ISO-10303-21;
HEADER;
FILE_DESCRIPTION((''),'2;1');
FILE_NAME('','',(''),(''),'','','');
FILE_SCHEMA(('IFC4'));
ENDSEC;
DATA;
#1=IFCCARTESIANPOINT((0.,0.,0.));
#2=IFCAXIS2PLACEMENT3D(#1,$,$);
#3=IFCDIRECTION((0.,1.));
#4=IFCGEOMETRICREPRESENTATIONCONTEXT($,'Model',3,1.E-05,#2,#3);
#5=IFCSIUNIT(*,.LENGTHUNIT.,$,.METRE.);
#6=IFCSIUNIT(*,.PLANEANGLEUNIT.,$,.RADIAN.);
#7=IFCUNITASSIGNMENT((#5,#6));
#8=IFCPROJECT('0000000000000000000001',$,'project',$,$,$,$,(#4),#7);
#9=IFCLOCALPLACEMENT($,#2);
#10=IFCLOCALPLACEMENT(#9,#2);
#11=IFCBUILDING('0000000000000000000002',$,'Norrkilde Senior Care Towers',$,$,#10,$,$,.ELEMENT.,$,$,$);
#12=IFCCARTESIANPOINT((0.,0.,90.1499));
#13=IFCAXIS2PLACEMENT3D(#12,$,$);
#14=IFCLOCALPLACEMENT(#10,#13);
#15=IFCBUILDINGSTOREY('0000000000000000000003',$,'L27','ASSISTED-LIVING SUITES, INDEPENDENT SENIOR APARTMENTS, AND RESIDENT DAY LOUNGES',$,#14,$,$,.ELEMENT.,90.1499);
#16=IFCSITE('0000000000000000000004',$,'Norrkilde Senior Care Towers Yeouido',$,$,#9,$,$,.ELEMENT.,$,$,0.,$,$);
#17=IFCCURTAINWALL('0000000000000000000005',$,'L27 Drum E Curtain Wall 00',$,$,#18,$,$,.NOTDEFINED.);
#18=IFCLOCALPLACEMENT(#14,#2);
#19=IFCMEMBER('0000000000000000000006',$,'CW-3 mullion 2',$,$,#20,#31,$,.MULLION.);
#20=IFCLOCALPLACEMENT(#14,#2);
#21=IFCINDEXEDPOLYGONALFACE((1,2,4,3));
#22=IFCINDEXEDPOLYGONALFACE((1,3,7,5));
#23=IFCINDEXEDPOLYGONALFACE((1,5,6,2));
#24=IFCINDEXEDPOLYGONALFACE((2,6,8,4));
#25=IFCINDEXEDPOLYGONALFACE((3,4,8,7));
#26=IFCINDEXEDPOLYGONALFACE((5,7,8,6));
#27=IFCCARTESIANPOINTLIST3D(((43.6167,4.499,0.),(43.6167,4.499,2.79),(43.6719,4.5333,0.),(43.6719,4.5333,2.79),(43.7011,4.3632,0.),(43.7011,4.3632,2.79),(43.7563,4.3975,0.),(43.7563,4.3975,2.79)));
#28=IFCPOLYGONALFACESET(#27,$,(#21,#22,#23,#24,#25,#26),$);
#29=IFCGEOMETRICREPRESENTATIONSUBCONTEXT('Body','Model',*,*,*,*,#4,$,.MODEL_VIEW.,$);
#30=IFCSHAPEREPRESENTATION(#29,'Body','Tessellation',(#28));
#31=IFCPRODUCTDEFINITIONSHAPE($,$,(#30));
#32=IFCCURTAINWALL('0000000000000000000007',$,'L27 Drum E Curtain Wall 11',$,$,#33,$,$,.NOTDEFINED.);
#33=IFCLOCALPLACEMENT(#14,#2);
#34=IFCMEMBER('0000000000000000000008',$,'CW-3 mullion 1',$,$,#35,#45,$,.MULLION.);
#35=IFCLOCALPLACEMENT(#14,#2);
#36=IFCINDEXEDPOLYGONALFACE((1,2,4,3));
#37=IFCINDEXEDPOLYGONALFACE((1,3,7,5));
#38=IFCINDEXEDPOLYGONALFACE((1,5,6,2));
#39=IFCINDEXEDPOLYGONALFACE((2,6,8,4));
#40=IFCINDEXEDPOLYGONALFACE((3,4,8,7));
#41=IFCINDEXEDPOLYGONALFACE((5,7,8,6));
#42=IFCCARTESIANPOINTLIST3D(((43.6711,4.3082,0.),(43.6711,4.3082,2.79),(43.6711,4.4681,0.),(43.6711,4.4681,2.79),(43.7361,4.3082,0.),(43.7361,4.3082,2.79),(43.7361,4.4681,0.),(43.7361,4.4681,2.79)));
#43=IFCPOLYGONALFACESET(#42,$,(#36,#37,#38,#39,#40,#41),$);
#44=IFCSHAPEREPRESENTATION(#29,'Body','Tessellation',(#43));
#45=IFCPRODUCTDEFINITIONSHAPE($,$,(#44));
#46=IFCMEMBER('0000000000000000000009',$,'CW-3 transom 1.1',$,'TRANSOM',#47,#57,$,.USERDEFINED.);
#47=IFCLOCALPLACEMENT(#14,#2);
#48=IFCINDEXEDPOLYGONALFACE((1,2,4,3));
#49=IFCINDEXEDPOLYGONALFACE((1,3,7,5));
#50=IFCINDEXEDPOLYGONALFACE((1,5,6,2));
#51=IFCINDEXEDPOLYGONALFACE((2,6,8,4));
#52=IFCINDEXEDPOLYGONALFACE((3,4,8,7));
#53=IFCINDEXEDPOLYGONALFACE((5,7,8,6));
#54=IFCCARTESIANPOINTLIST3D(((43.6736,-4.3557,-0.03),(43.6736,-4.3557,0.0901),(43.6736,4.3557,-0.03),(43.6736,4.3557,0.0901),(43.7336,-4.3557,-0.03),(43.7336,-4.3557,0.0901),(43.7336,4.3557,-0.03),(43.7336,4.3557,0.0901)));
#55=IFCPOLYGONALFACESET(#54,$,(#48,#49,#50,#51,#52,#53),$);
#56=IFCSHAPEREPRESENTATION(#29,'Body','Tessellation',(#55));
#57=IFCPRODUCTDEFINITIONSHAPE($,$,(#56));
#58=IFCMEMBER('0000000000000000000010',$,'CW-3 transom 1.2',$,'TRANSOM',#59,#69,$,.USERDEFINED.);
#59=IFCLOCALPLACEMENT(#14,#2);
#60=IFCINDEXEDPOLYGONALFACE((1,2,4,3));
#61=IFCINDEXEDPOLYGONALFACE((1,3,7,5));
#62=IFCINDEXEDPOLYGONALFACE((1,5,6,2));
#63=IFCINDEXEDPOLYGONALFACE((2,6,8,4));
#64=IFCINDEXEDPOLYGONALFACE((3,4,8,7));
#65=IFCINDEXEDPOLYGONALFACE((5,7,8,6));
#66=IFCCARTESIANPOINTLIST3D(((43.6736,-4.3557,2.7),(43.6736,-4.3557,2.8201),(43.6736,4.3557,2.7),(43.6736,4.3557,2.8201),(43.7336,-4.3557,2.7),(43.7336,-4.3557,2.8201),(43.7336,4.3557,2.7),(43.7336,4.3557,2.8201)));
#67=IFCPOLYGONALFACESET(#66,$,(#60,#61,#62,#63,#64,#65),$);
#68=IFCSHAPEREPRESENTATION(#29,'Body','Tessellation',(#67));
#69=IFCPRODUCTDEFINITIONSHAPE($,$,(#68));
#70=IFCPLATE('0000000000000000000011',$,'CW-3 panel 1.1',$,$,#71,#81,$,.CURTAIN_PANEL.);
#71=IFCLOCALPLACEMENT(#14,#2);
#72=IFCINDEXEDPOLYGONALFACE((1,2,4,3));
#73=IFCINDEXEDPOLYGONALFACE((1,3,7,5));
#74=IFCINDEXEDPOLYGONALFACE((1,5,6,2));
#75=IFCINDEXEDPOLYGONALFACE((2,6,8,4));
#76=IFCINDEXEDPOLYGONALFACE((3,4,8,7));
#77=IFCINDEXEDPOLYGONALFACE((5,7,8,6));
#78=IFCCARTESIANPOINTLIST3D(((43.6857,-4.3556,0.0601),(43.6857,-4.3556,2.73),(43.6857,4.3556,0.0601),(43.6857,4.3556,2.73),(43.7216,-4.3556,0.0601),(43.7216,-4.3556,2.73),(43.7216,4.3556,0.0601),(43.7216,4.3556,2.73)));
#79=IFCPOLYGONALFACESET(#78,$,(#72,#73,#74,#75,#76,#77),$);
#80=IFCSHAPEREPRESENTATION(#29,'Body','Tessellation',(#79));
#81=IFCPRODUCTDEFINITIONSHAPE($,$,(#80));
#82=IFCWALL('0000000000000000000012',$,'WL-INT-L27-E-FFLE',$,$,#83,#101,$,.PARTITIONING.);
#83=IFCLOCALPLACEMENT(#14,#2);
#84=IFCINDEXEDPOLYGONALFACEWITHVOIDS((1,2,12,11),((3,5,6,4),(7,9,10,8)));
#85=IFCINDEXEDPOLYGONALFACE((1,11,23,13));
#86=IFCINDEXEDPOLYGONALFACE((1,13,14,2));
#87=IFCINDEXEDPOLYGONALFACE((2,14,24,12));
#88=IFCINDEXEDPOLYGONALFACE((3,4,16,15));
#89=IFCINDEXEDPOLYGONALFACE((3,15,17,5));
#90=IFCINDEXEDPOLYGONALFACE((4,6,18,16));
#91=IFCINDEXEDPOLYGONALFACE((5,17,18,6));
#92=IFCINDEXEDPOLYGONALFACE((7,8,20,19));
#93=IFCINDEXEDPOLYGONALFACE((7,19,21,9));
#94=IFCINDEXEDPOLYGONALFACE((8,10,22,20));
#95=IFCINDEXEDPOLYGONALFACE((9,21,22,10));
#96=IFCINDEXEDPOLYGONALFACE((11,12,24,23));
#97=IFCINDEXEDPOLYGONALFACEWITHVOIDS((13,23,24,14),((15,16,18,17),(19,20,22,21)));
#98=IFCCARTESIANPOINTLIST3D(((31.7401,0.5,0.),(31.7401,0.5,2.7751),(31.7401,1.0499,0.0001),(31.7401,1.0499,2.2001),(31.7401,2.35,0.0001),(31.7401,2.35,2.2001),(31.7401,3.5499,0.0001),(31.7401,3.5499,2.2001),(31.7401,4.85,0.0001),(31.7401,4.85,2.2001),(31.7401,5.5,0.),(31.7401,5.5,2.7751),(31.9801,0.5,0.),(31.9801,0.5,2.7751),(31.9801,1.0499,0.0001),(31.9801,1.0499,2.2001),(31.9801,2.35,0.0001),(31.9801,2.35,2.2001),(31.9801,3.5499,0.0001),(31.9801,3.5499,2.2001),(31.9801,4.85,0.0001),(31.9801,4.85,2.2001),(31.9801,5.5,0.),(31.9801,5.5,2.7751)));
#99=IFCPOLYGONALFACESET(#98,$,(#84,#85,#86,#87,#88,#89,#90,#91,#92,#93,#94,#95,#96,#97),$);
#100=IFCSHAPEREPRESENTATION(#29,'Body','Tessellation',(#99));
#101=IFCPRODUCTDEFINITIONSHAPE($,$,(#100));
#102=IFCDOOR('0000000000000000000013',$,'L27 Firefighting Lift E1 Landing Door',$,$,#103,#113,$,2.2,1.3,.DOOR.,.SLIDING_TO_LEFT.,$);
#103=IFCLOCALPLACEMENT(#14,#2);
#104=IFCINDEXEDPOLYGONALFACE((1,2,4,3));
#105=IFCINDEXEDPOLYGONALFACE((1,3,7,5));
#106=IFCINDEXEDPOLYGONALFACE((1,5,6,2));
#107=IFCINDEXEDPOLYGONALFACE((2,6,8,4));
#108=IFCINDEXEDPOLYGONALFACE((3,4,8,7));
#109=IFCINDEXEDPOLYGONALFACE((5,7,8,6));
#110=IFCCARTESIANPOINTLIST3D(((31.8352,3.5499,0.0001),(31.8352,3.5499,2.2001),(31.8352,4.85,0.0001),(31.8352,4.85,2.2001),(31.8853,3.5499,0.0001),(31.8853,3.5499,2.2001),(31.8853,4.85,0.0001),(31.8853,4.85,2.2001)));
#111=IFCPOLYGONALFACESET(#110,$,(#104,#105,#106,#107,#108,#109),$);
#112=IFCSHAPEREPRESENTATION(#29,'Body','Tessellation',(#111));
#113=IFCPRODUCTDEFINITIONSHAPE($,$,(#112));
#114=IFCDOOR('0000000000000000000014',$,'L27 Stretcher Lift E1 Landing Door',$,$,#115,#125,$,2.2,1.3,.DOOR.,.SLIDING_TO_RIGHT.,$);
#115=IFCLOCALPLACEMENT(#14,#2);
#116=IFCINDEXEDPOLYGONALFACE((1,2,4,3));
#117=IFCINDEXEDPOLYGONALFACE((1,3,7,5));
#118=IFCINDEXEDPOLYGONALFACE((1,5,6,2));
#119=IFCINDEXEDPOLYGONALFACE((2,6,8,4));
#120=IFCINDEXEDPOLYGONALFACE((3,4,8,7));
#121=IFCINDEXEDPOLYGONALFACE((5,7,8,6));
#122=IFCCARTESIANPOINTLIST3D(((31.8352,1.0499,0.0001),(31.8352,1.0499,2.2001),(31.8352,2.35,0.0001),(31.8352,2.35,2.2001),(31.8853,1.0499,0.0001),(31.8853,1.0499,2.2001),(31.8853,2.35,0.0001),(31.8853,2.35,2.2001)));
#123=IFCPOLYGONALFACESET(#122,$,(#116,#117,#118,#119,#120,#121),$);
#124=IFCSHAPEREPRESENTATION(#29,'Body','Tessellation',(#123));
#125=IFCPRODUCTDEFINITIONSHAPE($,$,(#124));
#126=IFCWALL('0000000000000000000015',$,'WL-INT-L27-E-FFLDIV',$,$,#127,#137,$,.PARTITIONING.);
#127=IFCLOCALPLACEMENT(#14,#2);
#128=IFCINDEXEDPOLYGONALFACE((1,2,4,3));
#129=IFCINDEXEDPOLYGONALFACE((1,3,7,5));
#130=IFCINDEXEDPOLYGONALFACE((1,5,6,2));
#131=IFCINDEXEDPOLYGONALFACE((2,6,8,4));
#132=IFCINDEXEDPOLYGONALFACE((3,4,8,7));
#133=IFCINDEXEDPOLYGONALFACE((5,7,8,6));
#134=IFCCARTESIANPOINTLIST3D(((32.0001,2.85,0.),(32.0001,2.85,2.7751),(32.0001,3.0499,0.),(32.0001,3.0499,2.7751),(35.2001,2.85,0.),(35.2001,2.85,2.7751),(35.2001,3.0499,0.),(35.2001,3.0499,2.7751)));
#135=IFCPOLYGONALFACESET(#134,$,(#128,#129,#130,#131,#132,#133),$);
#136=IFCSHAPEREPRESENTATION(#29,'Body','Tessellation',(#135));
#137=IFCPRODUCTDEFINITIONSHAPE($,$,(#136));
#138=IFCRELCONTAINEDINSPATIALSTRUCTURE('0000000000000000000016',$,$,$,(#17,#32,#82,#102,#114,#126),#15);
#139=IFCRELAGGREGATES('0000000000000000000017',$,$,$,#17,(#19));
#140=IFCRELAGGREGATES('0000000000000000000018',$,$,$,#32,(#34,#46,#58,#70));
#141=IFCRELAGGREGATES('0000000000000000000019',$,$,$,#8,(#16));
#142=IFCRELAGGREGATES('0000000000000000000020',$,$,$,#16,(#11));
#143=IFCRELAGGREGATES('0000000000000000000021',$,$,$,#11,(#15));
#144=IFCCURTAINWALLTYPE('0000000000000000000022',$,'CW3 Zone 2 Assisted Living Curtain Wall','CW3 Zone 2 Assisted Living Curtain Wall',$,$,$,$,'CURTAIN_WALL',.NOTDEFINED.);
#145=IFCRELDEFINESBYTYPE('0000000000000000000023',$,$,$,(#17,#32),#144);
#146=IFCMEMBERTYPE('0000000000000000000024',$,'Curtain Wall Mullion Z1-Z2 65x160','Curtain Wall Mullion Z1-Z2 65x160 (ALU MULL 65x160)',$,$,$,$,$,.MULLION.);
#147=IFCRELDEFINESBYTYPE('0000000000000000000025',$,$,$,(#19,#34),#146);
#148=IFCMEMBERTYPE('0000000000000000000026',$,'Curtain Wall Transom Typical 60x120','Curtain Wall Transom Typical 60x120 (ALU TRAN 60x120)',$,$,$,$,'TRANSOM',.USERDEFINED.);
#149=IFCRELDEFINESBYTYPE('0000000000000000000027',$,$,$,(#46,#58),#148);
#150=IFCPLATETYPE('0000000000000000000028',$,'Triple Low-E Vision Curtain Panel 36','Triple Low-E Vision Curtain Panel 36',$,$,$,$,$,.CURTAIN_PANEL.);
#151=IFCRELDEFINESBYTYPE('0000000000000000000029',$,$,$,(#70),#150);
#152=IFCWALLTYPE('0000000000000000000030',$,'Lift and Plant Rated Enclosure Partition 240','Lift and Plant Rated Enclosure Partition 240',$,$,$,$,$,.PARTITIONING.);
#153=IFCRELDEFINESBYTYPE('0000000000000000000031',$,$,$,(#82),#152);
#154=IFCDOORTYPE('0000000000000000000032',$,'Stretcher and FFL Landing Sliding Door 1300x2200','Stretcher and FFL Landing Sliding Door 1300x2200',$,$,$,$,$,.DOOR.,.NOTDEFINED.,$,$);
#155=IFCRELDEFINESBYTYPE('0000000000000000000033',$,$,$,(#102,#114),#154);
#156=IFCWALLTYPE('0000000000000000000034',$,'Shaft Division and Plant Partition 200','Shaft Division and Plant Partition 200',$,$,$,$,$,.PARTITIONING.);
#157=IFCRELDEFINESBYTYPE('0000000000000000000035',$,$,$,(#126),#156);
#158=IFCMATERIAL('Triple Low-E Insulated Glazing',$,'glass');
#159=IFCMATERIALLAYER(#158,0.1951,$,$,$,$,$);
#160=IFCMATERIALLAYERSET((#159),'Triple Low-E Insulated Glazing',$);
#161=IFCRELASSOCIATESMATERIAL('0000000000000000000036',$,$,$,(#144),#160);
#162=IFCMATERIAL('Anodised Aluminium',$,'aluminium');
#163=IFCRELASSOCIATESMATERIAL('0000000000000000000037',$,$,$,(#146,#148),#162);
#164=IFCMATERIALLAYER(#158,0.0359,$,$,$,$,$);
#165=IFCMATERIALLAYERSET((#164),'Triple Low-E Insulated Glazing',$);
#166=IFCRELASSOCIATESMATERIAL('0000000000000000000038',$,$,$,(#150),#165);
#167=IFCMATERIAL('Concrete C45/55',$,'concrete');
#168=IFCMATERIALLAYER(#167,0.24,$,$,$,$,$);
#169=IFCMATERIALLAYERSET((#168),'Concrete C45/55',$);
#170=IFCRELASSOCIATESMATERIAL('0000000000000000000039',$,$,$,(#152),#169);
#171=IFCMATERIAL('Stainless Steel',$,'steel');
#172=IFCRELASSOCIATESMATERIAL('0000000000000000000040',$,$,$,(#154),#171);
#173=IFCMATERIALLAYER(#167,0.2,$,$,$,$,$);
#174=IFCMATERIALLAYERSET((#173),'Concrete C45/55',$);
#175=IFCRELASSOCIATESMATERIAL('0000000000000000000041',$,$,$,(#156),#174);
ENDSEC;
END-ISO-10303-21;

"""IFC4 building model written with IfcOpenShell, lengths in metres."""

from ifc_helpers import new_model, si_unit, direction, frame, frame_2d, origin, origin_2d, place, context, subcontext, project, spatial, rectangle, extrude, source, transform, mapped, material, layer, layer_set, material_profile, profile_set, type_object, type_shapes, element, fill, aggregate, save


model = new_model("IFC4")

# Units and contexts
model_context = context("Model", 3, precision=1e-05, world=origin(), true_north=direction((0.0, 1.0)))
body_context = subcontext(model_context, "Body", "Model", "MODEL_VIEW")
ifc_project = project(units=[si_unit("LENGTHUNIT", "METRE"), si_unit("PLANEANGLEUNIT", "RADIAN")], contexts=[model_context])

# Site, building, storey
site_placement = place(None, origin())
site = spatial("IfcSite", under=ifc_project, at=site_placement, Name="Norrkilde Senior Care Towers Yeouido", CompositionType="ELEMENT", RefElevation=0.0)
building_placement = place(site_placement, origin())
building = spatial("IfcBuilding", under=site, at=building_placement, Name="Norrkilde Senior Care Towers", CompositionType="ELEMENT")
storey_placement = place(building_placement, frame((0.0, 0.0, 90.1499)))
storey = spatial("IfcBuildingStorey", under=building, at=storey_placement, Name="L27", Description="ASSISTED-LIVING SUITES, INDEPENDENT SENIOR APARTMENTS, AND RESIDENT DAY LOUNGES", CompositionType="ELEMENT", Elevation=90.1499)

# Curtain wall, member
ifc_material_1 = material(Name="Triple Low-E Insulated Glazing", Category="glass")
ifc_layer_1 = layer(ifc_material_1, 0.1951)
ifc_layer_set_1 = layer_set([ifc_layer_1], Name="Triple Low-E Insulated Glazing")
curtain_wall_type = type_object("IfcCurtainWallType", Name="CW3 Zone 2 Assisted Living Curtain Wall", Description="CW3 Zone 2 Assisted Living Curtain Wall", ElementType="CURTAIN_WALL", PredefinedType="NOTDEFINED", material=ifc_layer_set_1)
curtain_wall_1_placement = place(storey_placement, origin())
curtain_wall_1 = element("IfcCurtainWall", 1, at=curtain_wall_1_placement, inside=storey, type_object=curtain_wall_type, Name="L27 Drum E Curtain Wall 00", PredefinedType="NOTDEFINED")
ifc_material_2 = material(Name="Anodised Aluminium", Category="aluminium")
ifc_material_profile_1 = material_profile(ifc_material_2, rectangle(XDim=0.0649, YDim=0.1599, at=origin_2d()), Name="ALU MULL 65x160")
ifc_profile_set_1 = profile_set([ifc_material_profile_1], Name="Anodised Aluminium")
member_type_1 = type_object("IfcMemberType", Name="Curtain Wall Mullion Z1-Z2 65x160", Description="Curtain Wall Mullion Z1-Z2 65x160 (ALU MULL 65x160)", PredefinedType="MULLION", material=ifc_profile_set_1)
shared_shape_1 = source(origin(), body_context, "Body", "SweptSolid", [
    extrude(rectangle(XDim=0.0649, YDim=0.1599, at=origin_2d()), origin(), (0.0, 0.0, 1.0), 2.79),
])
type_shapes(member_type_1, [shared_shape_1])
member_1_placement = place(storey_placement, frame((43.6865, 4.4482, 0.0), z_axis=(0.0, 0.0, 1.0), x_axis=(0.84941, 0.527733, 0.0)))
member_1 = element("IfcMember", 2, at=member_1_placement, type_object=member_type_1, Name="CW-3 mullion 2", PredefinedType="MULLION", context=body_context, shape_type="MappedRepresentation", body=[
    mapped(shared_shape_1, transform((0.0, 0.0, 0.0), x_axis=(1.0, 0.0, 0.0), y_axis=(0.0, 1.0, 0.0), z_axis=(0.0, 0.0, 1.0), scale=1.0)),
])
aggregate(curtain_wall_1, [member_1])

# Curtain wall, members, plate
curtain_wall_2_placement = place(storey_placement, origin())
curtain_wall_2 = element("IfcCurtainWall", 3, at=curtain_wall_2_placement, inside=storey, type_object=curtain_wall_type, Name="L27 Drum E Curtain Wall 11", PredefinedType="NOTDEFINED")
member_2_placement = place(storey_placement, frame((43.7036, 4.3882, 0.0), z_axis=(0.0, 0.0, 1.0), x_axis=(1.0, 0.0, 0.0)))
member_2 = element("IfcMember", 4, at=member_2_placement, type_object=member_type_1, Name="CW-3 mullion 1", PredefinedType="MULLION", context=body_context, shape_type="MappedRepresentation", body=[
    mapped(shared_shape_1, transform((0.0, 0.0, 0.0), x_axis=(1.0, 0.0, 0.0), y_axis=(0.0, 1.0, 0.0), z_axis=(0.0, 0.0, 1.0), scale=1.0)),
])
ifc_material_profile_2 = material_profile(ifc_material_2, rectangle(XDim=0.0601, YDim=0.1201, at=origin_2d()), Name="ALU TRAN 60x120")
ifc_profile_set_2 = profile_set([ifc_material_profile_2], Name="Anodised Aluminium")
member_type_2 = type_object("IfcMemberType", Name="Curtain Wall Transom Typical 60x120", Description="Curtain Wall Transom Typical 60x120 (ALU TRAN 60x120)", ElementType="TRANSOM", PredefinedType="USERDEFINED", material=ifc_profile_set_2)
shared_shape_2 = source(origin(), body_context, "Body", "SweptSolid", [
    extrude(rectangle(XDim=0.0601, YDim=0.1201, at=origin_2d()), origin(), (0.0, 0.0, 1.0), 8.7114),
])
type_shapes(member_type_2, [shared_shape_2])
member_3_placement = place(storey_placement, frame((43.7036, 4.3557, 0.03), z_axis=(0.0, -1.0, 0.0), x_axis=(1.0, 0.0, 0.0)))
member_3 = element("IfcMember", 5, at=member_3_placement, type_object=member_type_2, Name="CW-3 transom 1.1", ObjectType="TRANSOM", PredefinedType="USERDEFINED", context=body_context, shape_type="MappedRepresentation", body=[
    mapped(shared_shape_2, transform((0.0, 0.0, 0.0), x_axis=(1.0, 0.0, 0.0), y_axis=(0.0, 1.0, 0.0), z_axis=(0.0, 0.0, 1.0), scale=1.0)),
])
member_4_placement = place(storey_placement, frame((43.7036, 4.3557, 2.76), z_axis=(0.0, -1.0, 0.0), x_axis=(1.0, 0.0, 0.0)))
member_4 = element("IfcMember", 6, at=member_4_placement, type_object=member_type_2, Name="CW-3 transom 1.2", ObjectType="TRANSOM", PredefinedType="USERDEFINED", context=body_context, shape_type="MappedRepresentation", body=[
    mapped(shared_shape_2, transform((0.0, 0.0, 0.0), x_axis=(1.0, 0.0, 0.0), y_axis=(0.0, 1.0, 0.0), z_axis=(0.0, 0.0, 1.0), scale=1.0)),
])
ifc_layer_2 = layer(ifc_material_1, 0.0359)
ifc_layer_set_2 = layer_set([ifc_layer_2], Name="Triple Low-E Insulated Glazing")
plate_type = type_object("IfcPlateType", Name="Triple Low-E Vision Curtain Panel 36", Description="Triple Low-E Vision Curtain Panel 36", PredefinedType="CURTAIN_PANEL", material=ifc_layer_set_2)
shared_shape_3 = source(origin(), body_context, "Body", "SweptSolid", [
    extrude(rectangle(XDim=8.7112, YDim=0.0359, at=origin_2d()), origin(), (0.0, 0.0, 1.0), 2.6699),
])
type_shapes(plate_type, [shared_shape_3])
plate_placement = place(storey_placement, frame((43.7036, 0.0, 0.0601), z_axis=(0.0, 0.0, 1.0), x_axis=(0.0, -1.0, 0.0)))
plate = element("IfcPlate", 7, at=plate_placement, type_object=plate_type, Name="CW-3 panel 1.1", PredefinedType="CURTAIN_PANEL", context=body_context, shape_type="MappedRepresentation", body=[
    mapped(shared_shape_3, transform((0.0, 0.0, 0.0), x_axis=(1.0, 0.0, 0.0), y_axis=(0.0, 1.0, 0.0), z_axis=(0.0, 0.0, 1.0), scale=1.0)),
])
aggregate(curtain_wall_2, [member_2, member_3, member_4, plate])

# Wall, openings, doors
ifc_material_3 = material(Name="Concrete C45/55", Category="concrete")
ifc_layer_3 = layer(ifc_material_3, 0.24)
ifc_layer_set_3 = layer_set([ifc_layer_3], Name="Concrete C45/55")
wall_type_1 = type_object("IfcWallType", Name="Lift and Plant Rated Enclosure Partition 240", Description="Lift and Plant Rated Enclosure Partition 240", PredefinedType="PARTITIONING", material=ifc_layer_set_3)
shared_shape_4 = source(origin(), body_context, "Body", "SweptSolid", [
    extrude(rectangle(XDim=5.0, YDim=0.24, at=frame_2d((2.5, 0.0))), origin(), (0.0, 0.0, 1.0), 2.7751),
])
type_shapes(wall_type_1, [shared_shape_4])
wall_1_placement = place(storey_placement, frame((31.8601, 0.5, 0.0), z_axis=(0.0, 0.0, 1.0), x_axis=(0.0, 1.0, 0.0)))
wall_1 = element("IfcWall", 8, at=wall_1_placement, inside=storey, type_object=wall_type_1, Name="WL-INT-L27-E-FFLE", PredefinedType="PARTITIONING", context=body_context, shape_type="MappedRepresentation", body=[
    mapped(shared_shape_4, transform((0.0, 0.0, 0.0), x_axis=(1.0, 0.0, 0.0), y_axis=(0.0, 1.0, 0.0), z_axis=(0.0, 0.0, 1.0), scale=1.0)),
])
opening_1_placement = place(wall_1_placement, frame((3.05, 0.0, 0.0)))
opening_1 = element("IfcOpeningElement", 9, at=opening_1_placement, cuts=wall_1, PredefinedType="OPENING", context=body_context, shape_type="SweptSolid", body=[
    extrude(rectangle(XDim=1.3, YDim=2.2, at=frame_2d((0.6499, 1.1001))), frame((0.0, 0.1299, 0.0), z_axis=(0.0, -1.0, 0.0), x_axis=(1.0, 0.0, 0.0)), (0.0, 0.0, 1.0), 0.26),
])
opening_2_placement = place(wall_1_placement, frame((0.55, 0.0, 0.0)))
opening_2 = element("IfcOpeningElement", 10, at=opening_2_placement, cuts=wall_1, PredefinedType="OPENING", context=body_context, shape_type="SweptSolid", body=[
    extrude(rectangle(XDim=1.3, YDim=2.2, at=frame_2d((0.6499, 1.1001))), frame((0.0, 0.1299, 0.0), z_axis=(0.0, -1.0, 0.0), x_axis=(1.0, 0.0, 0.0)), (0.0, 0.0, 1.0), 0.26),
])
ifc_material_4 = material(Name="Stainless Steel", Category="steel")
door_type_1 = type_object("IfcDoorType", Name="Stretcher and FFL Landing Sliding Door 1300x2200", Description="Stretcher and FFL Landing Sliding Door 1300x2200", OperationType="NOTDEFINED", PredefinedType="DOOR", material=ifc_material_4)
shared_shape_5 = source(origin(), body_context, "Body", "SweptSolid", [
    extrude(rectangle(XDim=1.3, YDim=2.2, at=frame_2d((0.6499, 1.1001))), frame((0.0, 0.0249, 0.0), z_axis=(0.0, -1.0, 0.0), x_axis=(1.0, 0.0, 0.0)), (0.0, 0.0, 1.0), 0.05),
])
type_shapes(door_type_1, [shared_shape_5])
door_1_placement = place(opening_1_placement, origin())
door_1 = element("IfcDoor", 11, at=door_1_placement, inside=storey, type_object=door_type_1, Name="L27 Firefighting Lift E1 Landing Door", OperationType="SLIDING_TO_LEFT", OverallHeight=2.2, OverallWidth=1.3, PredefinedType="DOOR", context=body_context, shape_type="MappedRepresentation", body=[
    mapped(shared_shape_5, transform((0.0, 0.0, 0.0), x_axis=(1.0, 0.0, 0.0), y_axis=(0.0, 1.0, 0.0), z_axis=(0.0, 0.0, 1.0), scale=1.0)),
])
fill(opening_1, door_1)
door_2_placement = place(opening_2_placement, origin())
door_2 = element("IfcDoor", 12, at=door_2_placement, inside=storey, type_object=door_type_1, Name="L27 Stretcher Lift E1 Landing Door", OperationType="SLIDING_TO_RIGHT", OverallHeight=2.2, OverallWidth=1.3, PredefinedType="DOOR", context=body_context, shape_type="MappedRepresentation", body=[
    mapped(shared_shape_5, transform((0.0, 0.0, 0.0), x_axis=(1.0, 0.0, 0.0), y_axis=(0.0, 1.0, 0.0), z_axis=(0.0, 0.0, 1.0), scale=1.0)),
])
fill(opening_2, door_2)

# Wall
ifc_layer_4 = layer(ifc_material_3, 0.2)
ifc_layer_set_4 = layer_set([ifc_layer_4], Name="Concrete C45/55")
wall_type_2 = type_object("IfcWallType", Name="Shaft Division and Plant Partition 200", Description="Shaft Division and Plant Partition 200", PredefinedType="PARTITIONING", material=ifc_layer_set_4)
shared_shape_6 = source(origin(), body_context, "Body", "SweptSolid", [
    extrude(rectangle(XDim=3.2, YDim=0.2, at=frame_2d((1.6001, 0.0))), origin(), (0.0, 0.0, 1.0), 2.7751),
])
type_shapes(wall_type_2, [shared_shape_6])
wall_2_placement = place(storey_placement, frame((32.0, 2.95, 0.0), z_axis=(0.0, 0.0, 1.0), x_axis=(1.0, 0.0, 0.0)))
element("IfcWall", 13, at=wall_2_placement, inside=storey, type_object=wall_type_2, Name="WL-INT-L27-E-FFLDIV", PredefinedType="PARTITIONING", context=body_context, shape_type="MappedRepresentation", body=[
    mapped(shared_shape_6, transform((0.0, 0.0, 0.0), x_axis=(1.0, 0.0, 0.0), y_axis=(0.0, 1.0, 0.0), z_axis=(0.0, 0.0, 1.0), scale=1.0)),
])

save(model, "model.ifc")
